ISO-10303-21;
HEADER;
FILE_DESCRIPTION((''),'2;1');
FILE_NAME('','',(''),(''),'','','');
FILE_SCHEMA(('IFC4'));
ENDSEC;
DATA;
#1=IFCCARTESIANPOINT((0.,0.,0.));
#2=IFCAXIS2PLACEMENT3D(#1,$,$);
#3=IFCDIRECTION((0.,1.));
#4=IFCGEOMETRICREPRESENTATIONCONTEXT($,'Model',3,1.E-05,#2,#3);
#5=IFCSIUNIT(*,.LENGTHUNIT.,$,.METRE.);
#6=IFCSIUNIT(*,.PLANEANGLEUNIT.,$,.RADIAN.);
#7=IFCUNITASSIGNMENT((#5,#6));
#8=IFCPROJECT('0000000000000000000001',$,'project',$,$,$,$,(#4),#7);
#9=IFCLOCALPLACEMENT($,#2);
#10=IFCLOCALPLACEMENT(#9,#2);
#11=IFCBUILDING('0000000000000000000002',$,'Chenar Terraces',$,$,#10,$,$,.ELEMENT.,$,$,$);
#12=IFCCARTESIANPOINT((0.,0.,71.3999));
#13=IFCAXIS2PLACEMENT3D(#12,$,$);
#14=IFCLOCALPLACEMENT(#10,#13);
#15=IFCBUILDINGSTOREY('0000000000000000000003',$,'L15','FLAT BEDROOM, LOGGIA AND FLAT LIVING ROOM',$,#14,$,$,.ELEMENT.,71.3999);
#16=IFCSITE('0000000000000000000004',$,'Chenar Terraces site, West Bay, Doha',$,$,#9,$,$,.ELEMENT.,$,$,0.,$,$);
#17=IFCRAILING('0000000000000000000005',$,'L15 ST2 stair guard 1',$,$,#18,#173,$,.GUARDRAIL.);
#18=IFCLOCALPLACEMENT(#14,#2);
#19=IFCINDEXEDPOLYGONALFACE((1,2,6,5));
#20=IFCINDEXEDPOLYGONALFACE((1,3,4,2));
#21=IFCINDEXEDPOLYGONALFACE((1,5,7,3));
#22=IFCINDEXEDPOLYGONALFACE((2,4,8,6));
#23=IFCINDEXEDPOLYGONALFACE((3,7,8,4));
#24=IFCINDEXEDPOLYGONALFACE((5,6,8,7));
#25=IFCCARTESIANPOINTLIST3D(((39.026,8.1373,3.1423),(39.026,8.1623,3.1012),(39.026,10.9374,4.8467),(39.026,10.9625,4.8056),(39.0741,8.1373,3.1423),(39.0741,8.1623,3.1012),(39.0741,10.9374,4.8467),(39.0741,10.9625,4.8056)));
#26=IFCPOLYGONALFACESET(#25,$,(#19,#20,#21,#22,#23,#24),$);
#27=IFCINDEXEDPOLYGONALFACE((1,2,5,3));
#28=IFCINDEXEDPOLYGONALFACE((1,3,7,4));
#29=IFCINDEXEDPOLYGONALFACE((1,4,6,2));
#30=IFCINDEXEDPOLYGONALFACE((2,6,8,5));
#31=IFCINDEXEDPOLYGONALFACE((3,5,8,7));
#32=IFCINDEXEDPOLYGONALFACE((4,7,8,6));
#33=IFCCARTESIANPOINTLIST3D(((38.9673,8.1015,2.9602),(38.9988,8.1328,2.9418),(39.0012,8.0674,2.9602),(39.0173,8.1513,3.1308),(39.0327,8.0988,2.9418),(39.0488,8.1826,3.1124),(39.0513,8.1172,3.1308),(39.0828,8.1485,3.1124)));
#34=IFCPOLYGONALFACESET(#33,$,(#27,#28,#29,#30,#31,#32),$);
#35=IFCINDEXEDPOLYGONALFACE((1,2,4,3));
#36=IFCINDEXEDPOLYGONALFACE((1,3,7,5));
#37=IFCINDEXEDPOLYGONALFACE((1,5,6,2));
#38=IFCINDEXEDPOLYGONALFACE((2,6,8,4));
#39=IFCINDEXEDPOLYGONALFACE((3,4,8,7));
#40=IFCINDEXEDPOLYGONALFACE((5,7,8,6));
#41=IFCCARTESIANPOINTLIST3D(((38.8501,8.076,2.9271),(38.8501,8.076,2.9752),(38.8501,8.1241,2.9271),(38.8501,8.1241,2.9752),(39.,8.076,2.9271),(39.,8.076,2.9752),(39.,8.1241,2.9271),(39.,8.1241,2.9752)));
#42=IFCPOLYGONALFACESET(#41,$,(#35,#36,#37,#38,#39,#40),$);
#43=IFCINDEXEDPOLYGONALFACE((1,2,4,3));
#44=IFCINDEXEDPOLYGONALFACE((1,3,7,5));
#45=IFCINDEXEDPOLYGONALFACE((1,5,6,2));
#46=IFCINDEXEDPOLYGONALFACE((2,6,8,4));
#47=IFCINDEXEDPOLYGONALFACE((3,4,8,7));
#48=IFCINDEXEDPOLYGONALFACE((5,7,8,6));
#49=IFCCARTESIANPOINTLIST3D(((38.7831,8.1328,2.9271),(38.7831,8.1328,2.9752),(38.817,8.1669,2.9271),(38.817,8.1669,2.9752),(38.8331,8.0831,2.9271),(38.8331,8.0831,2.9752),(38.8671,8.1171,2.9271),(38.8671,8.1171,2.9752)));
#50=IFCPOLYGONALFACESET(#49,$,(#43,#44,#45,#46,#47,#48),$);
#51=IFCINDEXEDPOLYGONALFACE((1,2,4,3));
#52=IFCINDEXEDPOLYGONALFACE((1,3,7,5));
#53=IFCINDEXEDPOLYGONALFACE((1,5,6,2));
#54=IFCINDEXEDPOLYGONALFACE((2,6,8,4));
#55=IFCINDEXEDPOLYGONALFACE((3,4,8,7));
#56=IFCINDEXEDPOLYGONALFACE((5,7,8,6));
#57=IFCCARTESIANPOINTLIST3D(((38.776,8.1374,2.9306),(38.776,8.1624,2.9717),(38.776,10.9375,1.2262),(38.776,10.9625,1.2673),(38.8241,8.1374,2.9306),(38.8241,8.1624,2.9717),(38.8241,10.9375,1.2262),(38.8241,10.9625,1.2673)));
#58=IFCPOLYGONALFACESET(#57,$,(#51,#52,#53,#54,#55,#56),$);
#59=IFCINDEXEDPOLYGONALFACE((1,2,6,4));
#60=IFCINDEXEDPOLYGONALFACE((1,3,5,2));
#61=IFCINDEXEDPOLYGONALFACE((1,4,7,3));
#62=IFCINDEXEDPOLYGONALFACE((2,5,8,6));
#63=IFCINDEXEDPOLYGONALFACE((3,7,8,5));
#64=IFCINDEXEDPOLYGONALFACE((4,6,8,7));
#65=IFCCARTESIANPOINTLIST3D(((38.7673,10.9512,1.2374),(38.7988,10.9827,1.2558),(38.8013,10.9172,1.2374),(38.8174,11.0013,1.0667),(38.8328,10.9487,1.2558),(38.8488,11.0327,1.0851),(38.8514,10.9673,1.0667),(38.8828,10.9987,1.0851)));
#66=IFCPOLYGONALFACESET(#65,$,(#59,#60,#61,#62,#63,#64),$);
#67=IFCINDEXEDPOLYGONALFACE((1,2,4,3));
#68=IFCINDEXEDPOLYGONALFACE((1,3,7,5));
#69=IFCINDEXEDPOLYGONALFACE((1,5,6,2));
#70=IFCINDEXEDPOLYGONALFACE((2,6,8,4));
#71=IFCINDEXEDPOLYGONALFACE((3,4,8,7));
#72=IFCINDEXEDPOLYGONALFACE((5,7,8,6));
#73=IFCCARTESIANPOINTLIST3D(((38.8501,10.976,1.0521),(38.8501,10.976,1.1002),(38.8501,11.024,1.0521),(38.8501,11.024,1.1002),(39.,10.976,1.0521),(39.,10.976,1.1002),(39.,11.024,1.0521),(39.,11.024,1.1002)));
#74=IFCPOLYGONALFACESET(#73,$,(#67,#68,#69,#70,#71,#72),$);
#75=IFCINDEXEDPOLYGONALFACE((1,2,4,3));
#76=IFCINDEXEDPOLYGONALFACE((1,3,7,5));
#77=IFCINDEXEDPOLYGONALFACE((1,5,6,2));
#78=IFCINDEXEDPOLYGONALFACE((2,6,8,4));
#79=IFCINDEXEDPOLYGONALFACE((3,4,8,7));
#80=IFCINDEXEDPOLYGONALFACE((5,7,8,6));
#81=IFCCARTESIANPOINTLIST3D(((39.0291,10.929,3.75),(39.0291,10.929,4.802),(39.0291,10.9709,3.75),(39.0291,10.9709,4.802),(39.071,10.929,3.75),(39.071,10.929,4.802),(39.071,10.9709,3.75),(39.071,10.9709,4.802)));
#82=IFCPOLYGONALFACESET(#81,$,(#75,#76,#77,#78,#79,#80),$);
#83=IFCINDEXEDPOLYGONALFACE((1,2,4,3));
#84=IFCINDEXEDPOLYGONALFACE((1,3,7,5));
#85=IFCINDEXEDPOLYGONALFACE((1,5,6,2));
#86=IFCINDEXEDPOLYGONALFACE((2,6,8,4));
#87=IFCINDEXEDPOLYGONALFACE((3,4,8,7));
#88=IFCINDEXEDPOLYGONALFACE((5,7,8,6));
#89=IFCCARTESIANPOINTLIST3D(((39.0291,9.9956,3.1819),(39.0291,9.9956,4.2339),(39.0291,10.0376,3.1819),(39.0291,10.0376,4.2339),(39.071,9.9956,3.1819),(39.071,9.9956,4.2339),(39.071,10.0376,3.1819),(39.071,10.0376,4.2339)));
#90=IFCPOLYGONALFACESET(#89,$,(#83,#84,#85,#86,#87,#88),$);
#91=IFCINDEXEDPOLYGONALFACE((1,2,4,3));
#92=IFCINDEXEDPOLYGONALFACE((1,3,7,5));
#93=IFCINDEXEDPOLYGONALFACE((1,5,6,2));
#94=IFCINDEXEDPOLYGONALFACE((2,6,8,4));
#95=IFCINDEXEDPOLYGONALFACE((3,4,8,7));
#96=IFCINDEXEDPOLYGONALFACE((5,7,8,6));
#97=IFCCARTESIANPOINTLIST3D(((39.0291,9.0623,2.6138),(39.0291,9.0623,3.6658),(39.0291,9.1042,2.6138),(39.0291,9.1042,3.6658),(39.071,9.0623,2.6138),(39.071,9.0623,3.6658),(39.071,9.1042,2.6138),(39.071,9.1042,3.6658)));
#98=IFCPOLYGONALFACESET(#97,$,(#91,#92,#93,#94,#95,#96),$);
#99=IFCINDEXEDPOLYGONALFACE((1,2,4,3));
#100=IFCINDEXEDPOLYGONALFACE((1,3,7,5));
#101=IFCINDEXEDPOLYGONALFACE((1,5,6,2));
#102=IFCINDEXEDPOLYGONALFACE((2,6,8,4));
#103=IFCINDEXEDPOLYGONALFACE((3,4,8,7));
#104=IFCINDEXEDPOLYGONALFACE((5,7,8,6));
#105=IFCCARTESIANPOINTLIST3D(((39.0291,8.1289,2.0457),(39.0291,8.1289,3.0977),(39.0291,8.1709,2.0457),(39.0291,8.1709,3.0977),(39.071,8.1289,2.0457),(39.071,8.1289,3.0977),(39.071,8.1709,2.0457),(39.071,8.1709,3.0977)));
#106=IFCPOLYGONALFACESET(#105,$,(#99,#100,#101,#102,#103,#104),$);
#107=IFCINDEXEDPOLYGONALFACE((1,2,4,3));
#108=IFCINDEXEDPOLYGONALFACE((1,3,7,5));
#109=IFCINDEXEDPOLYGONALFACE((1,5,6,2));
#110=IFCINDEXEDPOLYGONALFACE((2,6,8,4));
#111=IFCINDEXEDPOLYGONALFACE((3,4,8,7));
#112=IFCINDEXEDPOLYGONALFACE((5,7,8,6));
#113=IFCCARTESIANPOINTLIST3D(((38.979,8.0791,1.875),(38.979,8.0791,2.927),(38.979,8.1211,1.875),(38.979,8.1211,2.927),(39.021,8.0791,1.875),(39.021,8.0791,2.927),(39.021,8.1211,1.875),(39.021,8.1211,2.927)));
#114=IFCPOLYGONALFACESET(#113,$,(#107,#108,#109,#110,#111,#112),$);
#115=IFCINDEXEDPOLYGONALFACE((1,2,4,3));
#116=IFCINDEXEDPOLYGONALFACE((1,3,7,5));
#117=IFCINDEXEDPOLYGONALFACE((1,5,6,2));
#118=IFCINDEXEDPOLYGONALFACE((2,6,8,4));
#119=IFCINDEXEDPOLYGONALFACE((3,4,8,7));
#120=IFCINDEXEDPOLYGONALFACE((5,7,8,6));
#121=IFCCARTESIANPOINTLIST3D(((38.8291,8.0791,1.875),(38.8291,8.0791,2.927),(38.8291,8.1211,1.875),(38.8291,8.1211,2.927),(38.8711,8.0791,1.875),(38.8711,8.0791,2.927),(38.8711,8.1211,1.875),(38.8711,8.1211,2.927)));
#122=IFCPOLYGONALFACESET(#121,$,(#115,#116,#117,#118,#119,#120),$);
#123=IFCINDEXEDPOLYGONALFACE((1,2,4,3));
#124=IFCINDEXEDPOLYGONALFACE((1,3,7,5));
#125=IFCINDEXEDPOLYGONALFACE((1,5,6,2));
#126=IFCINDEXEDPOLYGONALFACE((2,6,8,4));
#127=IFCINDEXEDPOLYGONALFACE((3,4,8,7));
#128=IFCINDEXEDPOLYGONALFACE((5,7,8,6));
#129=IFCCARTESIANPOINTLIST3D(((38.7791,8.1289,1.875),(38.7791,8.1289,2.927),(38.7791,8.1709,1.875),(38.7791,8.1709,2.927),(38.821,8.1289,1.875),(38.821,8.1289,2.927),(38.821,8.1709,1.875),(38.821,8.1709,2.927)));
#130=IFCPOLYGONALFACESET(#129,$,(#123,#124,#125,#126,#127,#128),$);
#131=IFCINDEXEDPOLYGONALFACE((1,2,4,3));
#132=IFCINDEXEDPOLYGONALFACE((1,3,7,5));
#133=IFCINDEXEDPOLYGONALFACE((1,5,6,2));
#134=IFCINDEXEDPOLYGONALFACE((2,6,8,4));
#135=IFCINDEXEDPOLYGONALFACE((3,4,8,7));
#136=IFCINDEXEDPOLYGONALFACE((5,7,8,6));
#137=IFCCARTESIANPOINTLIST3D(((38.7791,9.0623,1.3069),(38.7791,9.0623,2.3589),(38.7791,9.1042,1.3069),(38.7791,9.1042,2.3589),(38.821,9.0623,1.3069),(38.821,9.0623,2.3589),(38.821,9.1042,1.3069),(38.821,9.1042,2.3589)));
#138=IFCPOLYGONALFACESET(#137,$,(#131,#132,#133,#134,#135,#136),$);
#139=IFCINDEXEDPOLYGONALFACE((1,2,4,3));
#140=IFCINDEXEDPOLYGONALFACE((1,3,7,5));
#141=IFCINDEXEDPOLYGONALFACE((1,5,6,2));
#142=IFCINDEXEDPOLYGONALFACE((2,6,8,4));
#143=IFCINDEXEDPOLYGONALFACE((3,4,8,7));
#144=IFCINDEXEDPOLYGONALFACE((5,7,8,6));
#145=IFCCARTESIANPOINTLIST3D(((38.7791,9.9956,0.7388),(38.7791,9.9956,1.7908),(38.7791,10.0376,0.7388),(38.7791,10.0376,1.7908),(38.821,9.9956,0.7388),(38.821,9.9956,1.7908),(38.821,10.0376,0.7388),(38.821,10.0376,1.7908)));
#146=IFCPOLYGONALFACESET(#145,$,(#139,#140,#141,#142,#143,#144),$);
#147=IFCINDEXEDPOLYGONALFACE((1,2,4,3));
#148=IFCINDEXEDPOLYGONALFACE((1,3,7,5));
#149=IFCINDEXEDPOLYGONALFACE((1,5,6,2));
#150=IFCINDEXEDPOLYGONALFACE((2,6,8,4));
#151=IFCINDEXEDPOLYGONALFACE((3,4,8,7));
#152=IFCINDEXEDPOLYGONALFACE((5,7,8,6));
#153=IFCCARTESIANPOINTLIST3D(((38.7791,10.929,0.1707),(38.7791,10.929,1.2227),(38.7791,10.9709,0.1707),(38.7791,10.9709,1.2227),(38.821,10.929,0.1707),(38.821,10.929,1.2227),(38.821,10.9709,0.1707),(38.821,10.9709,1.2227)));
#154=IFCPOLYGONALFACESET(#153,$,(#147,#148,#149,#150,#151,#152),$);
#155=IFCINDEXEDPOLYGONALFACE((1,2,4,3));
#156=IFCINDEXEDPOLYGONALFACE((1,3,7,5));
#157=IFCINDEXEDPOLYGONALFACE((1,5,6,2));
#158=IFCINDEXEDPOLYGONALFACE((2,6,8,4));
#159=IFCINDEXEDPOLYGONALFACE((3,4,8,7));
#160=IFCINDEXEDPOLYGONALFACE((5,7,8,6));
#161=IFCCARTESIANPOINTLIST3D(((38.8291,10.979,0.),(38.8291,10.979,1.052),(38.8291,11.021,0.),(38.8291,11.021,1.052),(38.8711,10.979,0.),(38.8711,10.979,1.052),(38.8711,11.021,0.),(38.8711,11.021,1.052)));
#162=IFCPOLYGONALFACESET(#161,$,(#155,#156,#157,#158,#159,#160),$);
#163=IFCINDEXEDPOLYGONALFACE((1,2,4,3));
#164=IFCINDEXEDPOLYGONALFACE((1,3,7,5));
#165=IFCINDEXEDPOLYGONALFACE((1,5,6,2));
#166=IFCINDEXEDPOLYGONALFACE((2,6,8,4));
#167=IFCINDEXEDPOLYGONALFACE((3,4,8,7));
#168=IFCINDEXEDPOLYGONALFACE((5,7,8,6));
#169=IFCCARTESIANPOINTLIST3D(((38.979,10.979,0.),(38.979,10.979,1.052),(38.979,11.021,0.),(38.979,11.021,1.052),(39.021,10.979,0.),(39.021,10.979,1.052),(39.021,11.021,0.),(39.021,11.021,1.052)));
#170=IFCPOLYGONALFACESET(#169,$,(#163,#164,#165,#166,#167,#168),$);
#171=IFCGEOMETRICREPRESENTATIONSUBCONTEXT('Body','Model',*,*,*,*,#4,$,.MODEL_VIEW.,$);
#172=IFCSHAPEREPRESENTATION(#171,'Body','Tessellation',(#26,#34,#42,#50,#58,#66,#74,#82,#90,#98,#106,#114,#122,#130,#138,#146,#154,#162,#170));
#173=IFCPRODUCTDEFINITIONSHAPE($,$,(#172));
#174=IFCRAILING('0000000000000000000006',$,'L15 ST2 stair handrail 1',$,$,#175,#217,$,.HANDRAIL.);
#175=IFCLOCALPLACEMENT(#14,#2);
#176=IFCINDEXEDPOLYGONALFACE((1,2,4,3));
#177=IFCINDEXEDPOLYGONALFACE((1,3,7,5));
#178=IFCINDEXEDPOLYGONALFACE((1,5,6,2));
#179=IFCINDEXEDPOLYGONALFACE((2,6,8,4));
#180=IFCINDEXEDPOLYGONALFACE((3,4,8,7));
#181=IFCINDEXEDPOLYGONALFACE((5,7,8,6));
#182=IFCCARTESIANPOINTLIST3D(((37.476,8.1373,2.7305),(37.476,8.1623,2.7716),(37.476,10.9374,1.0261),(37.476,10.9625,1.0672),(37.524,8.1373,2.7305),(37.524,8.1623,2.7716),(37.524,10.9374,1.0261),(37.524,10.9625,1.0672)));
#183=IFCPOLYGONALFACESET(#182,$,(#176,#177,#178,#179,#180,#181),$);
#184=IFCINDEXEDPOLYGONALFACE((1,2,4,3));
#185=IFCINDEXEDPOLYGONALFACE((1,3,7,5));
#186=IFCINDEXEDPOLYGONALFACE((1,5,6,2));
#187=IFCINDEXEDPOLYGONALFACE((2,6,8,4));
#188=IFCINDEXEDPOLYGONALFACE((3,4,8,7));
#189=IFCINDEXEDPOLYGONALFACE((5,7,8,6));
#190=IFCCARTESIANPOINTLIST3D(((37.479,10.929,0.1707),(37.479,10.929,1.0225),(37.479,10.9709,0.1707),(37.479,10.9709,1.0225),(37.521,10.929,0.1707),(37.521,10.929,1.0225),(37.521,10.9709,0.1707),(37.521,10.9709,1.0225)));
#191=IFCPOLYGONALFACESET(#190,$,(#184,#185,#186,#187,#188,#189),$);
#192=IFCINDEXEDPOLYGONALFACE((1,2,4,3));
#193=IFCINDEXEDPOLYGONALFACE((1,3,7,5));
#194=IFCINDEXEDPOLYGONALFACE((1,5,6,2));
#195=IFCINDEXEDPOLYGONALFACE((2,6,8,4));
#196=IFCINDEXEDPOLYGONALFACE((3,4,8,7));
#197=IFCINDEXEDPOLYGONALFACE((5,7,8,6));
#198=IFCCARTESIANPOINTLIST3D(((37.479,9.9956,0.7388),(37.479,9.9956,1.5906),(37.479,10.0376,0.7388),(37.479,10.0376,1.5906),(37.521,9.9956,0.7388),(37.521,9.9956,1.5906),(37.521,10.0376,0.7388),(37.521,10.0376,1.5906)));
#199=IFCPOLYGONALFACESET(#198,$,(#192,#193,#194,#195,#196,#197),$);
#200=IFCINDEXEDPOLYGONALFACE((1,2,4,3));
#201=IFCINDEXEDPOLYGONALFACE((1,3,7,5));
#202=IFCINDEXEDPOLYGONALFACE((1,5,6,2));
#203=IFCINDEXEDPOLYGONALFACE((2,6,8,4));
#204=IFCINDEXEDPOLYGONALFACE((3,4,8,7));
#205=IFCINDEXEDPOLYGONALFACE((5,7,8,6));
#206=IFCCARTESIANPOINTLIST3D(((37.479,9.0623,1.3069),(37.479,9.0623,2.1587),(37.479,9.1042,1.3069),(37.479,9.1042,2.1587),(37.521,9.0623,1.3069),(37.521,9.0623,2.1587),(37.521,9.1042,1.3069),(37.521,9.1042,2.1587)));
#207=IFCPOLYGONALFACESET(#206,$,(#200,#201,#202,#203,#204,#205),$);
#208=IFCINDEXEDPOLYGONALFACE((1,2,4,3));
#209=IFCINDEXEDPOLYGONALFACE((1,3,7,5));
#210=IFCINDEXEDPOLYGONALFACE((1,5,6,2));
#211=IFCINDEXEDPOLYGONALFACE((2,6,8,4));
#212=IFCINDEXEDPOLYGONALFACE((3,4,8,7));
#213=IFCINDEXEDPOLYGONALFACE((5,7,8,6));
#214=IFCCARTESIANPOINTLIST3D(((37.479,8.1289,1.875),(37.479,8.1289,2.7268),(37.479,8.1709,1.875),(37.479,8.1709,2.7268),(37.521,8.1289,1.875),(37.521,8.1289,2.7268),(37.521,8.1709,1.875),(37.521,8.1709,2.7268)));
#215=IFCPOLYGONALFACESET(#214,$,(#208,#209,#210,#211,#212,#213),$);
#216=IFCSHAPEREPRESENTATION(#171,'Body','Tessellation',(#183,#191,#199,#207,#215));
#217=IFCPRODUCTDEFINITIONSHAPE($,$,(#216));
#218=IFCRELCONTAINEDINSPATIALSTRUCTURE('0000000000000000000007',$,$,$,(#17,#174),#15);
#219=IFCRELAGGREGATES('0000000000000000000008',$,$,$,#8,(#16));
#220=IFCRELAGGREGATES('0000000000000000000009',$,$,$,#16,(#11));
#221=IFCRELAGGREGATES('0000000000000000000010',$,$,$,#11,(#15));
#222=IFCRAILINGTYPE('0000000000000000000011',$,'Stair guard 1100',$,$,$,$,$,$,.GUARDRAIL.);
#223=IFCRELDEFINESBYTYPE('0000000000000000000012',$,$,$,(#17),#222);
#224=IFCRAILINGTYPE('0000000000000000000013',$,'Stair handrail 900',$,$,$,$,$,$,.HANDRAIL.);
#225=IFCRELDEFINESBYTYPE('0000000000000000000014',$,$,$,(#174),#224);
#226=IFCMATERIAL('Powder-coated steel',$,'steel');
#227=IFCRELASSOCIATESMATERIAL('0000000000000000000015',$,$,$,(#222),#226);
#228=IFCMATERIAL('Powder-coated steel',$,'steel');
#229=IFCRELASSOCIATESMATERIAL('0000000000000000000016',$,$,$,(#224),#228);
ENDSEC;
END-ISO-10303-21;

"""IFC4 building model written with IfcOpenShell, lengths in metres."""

from ifc_helpers import new_model, si_unit, direction, frame, origin, origin_2d, place, context, subcontext, project, spatial, rectangle, extrude, material, type_object, element, save


model = new_model("IFC4")

# Units and contexts
model_context = context("Model", 3, precision=1e-05, world=origin(), true_north=direction((0.0, 1.0)))
body_context = subcontext(model_context, "Body", "Model", "MODEL_VIEW")
ifc_project = project(units=[si_unit("LENGTHUNIT", "METRE"), si_unit("PLANEANGLEUNIT", "RADIAN")], contexts=[model_context])

# Site, building, storey
site_placement = place(None, origin())
site = spatial("IfcSite", under=ifc_project, at=site_placement, Name="Chenar Terraces site, West Bay, Doha", CompositionType="ELEMENT", RefElevation=0.0)
building_placement = place(site_placement, origin())
building = spatial("IfcBuilding", under=site, at=building_placement, Name="Chenar Terraces", CompositionType="ELEMENT")
storey_placement = place(building_placement, frame((0.0, 0.0, 71.3999)))
storey = spatial("IfcBuildingStorey", under=building, at=storey_placement, Name="L15", Description="FLAT BEDROOM, LOGGIA AND FLAT LIVING ROOM", CompositionType="ELEMENT", Elevation=71.3999)

# Railings
ifc_material_1 = material(Name="Powder-coated steel", Category="steel")
railing_type_1 = type_object("IfcRailingType", Name="Stair guard 1100", PredefinedType="GUARDRAIL", material=ifc_material_1)
railing_1_placement = place(storey_placement, frame((39.05, 10.95, 3.75)))
element("IfcRailing", 1, at=railing_1_placement, inside=storey, type_object=railing_type_1, Name="L15 ST2 stair guard 1", PredefinedType="GUARDRAIL", context=body_context, shape_type="SweptSolid", body=[
    extrude(rectangle(XDim=0.0481, YDim=0.0481, at=origin_2d()), frame((0.0, 0.0, 1.0762), z_axis=(0.0, -0.854203, -0.51994), x_axis=(1.0, 0.0, 0.0)), (0.0, 0.0, 1.0), 3.2781),
    extrude(rectangle(XDim=0.0481, YDim=0.0481, at=origin_2d()), frame((0.0, -2.8, -0.6284), z_axis=(-0.270997, -0.269675, -0.924033), x_axis=(0.705376, -0.708834, 0.0)), (0.0, 0.0, 1.0), 0.1846),
    extrude(rectangle(XDim=0.0481, YDim=0.0481, at=origin_2d()), frame((-0.05, -2.8499, -0.7988), z_axis=(-1.0, 0.0, 0.0), x_axis=(0.0, -1.0, 0.0)), (0.0, 0.0, 1.0), 0.1499),
    extrude(rectangle(XDim=0.0481, YDim=0.0481, at=origin_2d()), frame((-0.2, -2.8499, -0.7988), z_axis=(-0.708834, 0.705376, 0.0), x_axis=(-0.705376, -0.708834, 0.0)), (0.0, 0.0, 1.0), 0.0706),
    extrude(rectangle(XDim=0.0481, YDim=0.0481, at=origin_2d()), frame((-0.25, -2.8, -0.7988), z_axis=(0.0, 0.854203, -0.51994), x_axis=(-1.0, 0.0, 0.0)), (0.0, 0.0, 1.0), 3.2781),
    extrude(rectangle(XDim=0.0481, YDim=0.0481, at=origin_2d()), frame((-0.25, 0.0, -2.5034), z_axis=(0.2709, 0.2709, -0.923703), x_axis=(-0.707107, 0.707107, 0.0)), (0.0, 0.0, 1.0), 0.1848),
    extrude(rectangle(XDim=0.0481, YDim=0.0481, at=origin_2d()), frame((-0.2, 0.05, -2.6738), z_axis=(1.0, 0.0, 0.0), x_axis=(0.0, 1.0, 0.0)), (0.0, 0.0, 1.0), 0.1499),
    extrude(rectangle(XDim=0.042, YDim=0.042, at=origin_2d()), origin(), (0.0, 0.0, 1.0), 1.052),
    extrude(rectangle(XDim=0.042, YDim=0.042, at=origin_2d()), frame((0.0, -0.9333, -0.5681)), (0.0, 0.0, 1.0), 1.052),
    extrude(rectangle(XDim=0.042, YDim=0.042, at=origin_2d()), frame((0.0, -1.8667, -1.1362)), (0.0, 0.0, 1.0), 1.052),
    extrude(rectangle(XDim=0.042, YDim=0.042, at=origin_2d()), frame((0.0, -2.8, -1.7043)), (0.0, 0.0, 1.0), 1.052),
    extrude(rectangle(XDim=0.042, YDim=0.042, at=origin_2d()), frame((-0.05, -2.8499, -1.875)), (0.0, 0.0, 1.0), 1.052),
    extrude(rectangle(XDim=0.042, YDim=0.042, at=origin_2d()), frame((-0.2, -2.8499, -1.875)), (0.0, 0.0, 1.0), 1.052),
    extrude(rectangle(XDim=0.042, YDim=0.042, at=origin_2d()), frame((-0.25, -2.8, -1.875)), (0.0, 0.0, 1.0), 1.052),
    extrude(rectangle(XDim=0.042, YDim=0.042, at=origin_2d()), frame((-0.25, -1.8667, -2.4431)), (0.0, 0.0, 1.0), 1.052),
    extrude(rectangle(XDim=0.042, YDim=0.042, at=origin_2d()), frame((-0.25, -0.9333, -3.0112)), (0.0, 0.0, 1.0), 1.052),
    extrude(rectangle(XDim=0.042, YDim=0.042, at=origin_2d()), frame((-0.25, 0.0, -3.5793)), (0.0, 0.0, 1.0), 1.052),
    extrude(rectangle(XDim=0.042, YDim=0.042, at=origin_2d()), frame((-0.2, 0.05, -3.75)), (0.0, 0.0, 1.0), 1.052),
    extrude(rectangle(XDim=0.042, YDim=0.042, at=origin_2d()), frame((-0.05, 0.05, -3.75)), (0.0, 0.0, 1.0), 1.052),
])
ifc_material_2 = material(Name="Powder-coated steel", Category="steel")
railing_type_2 = type_object("IfcRailingType", Name="Stair handrail 900", PredefinedType="HANDRAIL", material=ifc_material_2)
railing_2_placement = place(storey_placement, frame((37.5, 10.95, 0.1707)))
element("IfcRailing", 2, at=railing_2_placement, inside=storey, type_object=railing_type_2, Name="L15 ST2 stair handrail 1", PredefinedType="HANDRAIL", context=body_context, shape_type="SweptSolid", body=[
    extrude(rectangle(XDim=0.0481, YDim=0.0481, at=origin_2d()), frame((0.0, 0.0, 0.876), z_axis=(0.0, -0.854203, 0.51994), x_axis=(1.0, 0.0, 0.0)), (0.0, 0.0, 1.0), 3.2781),
    extrude(rectangle(XDim=0.042, YDim=0.042, at=origin_2d()), origin(), (0.0, 0.0, 1.0), 0.8518),
    extrude(rectangle(XDim=0.042, YDim=0.042, at=origin_2d()), frame((0.0, -0.9333, 0.5681)), (0.0, 0.0, 1.0), 0.8518),
    extrude(rectangle(XDim=0.042, YDim=0.042, at=origin_2d()), frame((0.0, -1.8667, 1.1362)), (0.0, 0.0, 1.0), 0.8518),
    extrude(rectangle(XDim=0.042, YDim=0.042, at=origin_2d()), frame((0.0, -2.8, 1.7043)), (0.0, 0.0, 1.0), 0.8518),
])

save(model, "model.ifc")
